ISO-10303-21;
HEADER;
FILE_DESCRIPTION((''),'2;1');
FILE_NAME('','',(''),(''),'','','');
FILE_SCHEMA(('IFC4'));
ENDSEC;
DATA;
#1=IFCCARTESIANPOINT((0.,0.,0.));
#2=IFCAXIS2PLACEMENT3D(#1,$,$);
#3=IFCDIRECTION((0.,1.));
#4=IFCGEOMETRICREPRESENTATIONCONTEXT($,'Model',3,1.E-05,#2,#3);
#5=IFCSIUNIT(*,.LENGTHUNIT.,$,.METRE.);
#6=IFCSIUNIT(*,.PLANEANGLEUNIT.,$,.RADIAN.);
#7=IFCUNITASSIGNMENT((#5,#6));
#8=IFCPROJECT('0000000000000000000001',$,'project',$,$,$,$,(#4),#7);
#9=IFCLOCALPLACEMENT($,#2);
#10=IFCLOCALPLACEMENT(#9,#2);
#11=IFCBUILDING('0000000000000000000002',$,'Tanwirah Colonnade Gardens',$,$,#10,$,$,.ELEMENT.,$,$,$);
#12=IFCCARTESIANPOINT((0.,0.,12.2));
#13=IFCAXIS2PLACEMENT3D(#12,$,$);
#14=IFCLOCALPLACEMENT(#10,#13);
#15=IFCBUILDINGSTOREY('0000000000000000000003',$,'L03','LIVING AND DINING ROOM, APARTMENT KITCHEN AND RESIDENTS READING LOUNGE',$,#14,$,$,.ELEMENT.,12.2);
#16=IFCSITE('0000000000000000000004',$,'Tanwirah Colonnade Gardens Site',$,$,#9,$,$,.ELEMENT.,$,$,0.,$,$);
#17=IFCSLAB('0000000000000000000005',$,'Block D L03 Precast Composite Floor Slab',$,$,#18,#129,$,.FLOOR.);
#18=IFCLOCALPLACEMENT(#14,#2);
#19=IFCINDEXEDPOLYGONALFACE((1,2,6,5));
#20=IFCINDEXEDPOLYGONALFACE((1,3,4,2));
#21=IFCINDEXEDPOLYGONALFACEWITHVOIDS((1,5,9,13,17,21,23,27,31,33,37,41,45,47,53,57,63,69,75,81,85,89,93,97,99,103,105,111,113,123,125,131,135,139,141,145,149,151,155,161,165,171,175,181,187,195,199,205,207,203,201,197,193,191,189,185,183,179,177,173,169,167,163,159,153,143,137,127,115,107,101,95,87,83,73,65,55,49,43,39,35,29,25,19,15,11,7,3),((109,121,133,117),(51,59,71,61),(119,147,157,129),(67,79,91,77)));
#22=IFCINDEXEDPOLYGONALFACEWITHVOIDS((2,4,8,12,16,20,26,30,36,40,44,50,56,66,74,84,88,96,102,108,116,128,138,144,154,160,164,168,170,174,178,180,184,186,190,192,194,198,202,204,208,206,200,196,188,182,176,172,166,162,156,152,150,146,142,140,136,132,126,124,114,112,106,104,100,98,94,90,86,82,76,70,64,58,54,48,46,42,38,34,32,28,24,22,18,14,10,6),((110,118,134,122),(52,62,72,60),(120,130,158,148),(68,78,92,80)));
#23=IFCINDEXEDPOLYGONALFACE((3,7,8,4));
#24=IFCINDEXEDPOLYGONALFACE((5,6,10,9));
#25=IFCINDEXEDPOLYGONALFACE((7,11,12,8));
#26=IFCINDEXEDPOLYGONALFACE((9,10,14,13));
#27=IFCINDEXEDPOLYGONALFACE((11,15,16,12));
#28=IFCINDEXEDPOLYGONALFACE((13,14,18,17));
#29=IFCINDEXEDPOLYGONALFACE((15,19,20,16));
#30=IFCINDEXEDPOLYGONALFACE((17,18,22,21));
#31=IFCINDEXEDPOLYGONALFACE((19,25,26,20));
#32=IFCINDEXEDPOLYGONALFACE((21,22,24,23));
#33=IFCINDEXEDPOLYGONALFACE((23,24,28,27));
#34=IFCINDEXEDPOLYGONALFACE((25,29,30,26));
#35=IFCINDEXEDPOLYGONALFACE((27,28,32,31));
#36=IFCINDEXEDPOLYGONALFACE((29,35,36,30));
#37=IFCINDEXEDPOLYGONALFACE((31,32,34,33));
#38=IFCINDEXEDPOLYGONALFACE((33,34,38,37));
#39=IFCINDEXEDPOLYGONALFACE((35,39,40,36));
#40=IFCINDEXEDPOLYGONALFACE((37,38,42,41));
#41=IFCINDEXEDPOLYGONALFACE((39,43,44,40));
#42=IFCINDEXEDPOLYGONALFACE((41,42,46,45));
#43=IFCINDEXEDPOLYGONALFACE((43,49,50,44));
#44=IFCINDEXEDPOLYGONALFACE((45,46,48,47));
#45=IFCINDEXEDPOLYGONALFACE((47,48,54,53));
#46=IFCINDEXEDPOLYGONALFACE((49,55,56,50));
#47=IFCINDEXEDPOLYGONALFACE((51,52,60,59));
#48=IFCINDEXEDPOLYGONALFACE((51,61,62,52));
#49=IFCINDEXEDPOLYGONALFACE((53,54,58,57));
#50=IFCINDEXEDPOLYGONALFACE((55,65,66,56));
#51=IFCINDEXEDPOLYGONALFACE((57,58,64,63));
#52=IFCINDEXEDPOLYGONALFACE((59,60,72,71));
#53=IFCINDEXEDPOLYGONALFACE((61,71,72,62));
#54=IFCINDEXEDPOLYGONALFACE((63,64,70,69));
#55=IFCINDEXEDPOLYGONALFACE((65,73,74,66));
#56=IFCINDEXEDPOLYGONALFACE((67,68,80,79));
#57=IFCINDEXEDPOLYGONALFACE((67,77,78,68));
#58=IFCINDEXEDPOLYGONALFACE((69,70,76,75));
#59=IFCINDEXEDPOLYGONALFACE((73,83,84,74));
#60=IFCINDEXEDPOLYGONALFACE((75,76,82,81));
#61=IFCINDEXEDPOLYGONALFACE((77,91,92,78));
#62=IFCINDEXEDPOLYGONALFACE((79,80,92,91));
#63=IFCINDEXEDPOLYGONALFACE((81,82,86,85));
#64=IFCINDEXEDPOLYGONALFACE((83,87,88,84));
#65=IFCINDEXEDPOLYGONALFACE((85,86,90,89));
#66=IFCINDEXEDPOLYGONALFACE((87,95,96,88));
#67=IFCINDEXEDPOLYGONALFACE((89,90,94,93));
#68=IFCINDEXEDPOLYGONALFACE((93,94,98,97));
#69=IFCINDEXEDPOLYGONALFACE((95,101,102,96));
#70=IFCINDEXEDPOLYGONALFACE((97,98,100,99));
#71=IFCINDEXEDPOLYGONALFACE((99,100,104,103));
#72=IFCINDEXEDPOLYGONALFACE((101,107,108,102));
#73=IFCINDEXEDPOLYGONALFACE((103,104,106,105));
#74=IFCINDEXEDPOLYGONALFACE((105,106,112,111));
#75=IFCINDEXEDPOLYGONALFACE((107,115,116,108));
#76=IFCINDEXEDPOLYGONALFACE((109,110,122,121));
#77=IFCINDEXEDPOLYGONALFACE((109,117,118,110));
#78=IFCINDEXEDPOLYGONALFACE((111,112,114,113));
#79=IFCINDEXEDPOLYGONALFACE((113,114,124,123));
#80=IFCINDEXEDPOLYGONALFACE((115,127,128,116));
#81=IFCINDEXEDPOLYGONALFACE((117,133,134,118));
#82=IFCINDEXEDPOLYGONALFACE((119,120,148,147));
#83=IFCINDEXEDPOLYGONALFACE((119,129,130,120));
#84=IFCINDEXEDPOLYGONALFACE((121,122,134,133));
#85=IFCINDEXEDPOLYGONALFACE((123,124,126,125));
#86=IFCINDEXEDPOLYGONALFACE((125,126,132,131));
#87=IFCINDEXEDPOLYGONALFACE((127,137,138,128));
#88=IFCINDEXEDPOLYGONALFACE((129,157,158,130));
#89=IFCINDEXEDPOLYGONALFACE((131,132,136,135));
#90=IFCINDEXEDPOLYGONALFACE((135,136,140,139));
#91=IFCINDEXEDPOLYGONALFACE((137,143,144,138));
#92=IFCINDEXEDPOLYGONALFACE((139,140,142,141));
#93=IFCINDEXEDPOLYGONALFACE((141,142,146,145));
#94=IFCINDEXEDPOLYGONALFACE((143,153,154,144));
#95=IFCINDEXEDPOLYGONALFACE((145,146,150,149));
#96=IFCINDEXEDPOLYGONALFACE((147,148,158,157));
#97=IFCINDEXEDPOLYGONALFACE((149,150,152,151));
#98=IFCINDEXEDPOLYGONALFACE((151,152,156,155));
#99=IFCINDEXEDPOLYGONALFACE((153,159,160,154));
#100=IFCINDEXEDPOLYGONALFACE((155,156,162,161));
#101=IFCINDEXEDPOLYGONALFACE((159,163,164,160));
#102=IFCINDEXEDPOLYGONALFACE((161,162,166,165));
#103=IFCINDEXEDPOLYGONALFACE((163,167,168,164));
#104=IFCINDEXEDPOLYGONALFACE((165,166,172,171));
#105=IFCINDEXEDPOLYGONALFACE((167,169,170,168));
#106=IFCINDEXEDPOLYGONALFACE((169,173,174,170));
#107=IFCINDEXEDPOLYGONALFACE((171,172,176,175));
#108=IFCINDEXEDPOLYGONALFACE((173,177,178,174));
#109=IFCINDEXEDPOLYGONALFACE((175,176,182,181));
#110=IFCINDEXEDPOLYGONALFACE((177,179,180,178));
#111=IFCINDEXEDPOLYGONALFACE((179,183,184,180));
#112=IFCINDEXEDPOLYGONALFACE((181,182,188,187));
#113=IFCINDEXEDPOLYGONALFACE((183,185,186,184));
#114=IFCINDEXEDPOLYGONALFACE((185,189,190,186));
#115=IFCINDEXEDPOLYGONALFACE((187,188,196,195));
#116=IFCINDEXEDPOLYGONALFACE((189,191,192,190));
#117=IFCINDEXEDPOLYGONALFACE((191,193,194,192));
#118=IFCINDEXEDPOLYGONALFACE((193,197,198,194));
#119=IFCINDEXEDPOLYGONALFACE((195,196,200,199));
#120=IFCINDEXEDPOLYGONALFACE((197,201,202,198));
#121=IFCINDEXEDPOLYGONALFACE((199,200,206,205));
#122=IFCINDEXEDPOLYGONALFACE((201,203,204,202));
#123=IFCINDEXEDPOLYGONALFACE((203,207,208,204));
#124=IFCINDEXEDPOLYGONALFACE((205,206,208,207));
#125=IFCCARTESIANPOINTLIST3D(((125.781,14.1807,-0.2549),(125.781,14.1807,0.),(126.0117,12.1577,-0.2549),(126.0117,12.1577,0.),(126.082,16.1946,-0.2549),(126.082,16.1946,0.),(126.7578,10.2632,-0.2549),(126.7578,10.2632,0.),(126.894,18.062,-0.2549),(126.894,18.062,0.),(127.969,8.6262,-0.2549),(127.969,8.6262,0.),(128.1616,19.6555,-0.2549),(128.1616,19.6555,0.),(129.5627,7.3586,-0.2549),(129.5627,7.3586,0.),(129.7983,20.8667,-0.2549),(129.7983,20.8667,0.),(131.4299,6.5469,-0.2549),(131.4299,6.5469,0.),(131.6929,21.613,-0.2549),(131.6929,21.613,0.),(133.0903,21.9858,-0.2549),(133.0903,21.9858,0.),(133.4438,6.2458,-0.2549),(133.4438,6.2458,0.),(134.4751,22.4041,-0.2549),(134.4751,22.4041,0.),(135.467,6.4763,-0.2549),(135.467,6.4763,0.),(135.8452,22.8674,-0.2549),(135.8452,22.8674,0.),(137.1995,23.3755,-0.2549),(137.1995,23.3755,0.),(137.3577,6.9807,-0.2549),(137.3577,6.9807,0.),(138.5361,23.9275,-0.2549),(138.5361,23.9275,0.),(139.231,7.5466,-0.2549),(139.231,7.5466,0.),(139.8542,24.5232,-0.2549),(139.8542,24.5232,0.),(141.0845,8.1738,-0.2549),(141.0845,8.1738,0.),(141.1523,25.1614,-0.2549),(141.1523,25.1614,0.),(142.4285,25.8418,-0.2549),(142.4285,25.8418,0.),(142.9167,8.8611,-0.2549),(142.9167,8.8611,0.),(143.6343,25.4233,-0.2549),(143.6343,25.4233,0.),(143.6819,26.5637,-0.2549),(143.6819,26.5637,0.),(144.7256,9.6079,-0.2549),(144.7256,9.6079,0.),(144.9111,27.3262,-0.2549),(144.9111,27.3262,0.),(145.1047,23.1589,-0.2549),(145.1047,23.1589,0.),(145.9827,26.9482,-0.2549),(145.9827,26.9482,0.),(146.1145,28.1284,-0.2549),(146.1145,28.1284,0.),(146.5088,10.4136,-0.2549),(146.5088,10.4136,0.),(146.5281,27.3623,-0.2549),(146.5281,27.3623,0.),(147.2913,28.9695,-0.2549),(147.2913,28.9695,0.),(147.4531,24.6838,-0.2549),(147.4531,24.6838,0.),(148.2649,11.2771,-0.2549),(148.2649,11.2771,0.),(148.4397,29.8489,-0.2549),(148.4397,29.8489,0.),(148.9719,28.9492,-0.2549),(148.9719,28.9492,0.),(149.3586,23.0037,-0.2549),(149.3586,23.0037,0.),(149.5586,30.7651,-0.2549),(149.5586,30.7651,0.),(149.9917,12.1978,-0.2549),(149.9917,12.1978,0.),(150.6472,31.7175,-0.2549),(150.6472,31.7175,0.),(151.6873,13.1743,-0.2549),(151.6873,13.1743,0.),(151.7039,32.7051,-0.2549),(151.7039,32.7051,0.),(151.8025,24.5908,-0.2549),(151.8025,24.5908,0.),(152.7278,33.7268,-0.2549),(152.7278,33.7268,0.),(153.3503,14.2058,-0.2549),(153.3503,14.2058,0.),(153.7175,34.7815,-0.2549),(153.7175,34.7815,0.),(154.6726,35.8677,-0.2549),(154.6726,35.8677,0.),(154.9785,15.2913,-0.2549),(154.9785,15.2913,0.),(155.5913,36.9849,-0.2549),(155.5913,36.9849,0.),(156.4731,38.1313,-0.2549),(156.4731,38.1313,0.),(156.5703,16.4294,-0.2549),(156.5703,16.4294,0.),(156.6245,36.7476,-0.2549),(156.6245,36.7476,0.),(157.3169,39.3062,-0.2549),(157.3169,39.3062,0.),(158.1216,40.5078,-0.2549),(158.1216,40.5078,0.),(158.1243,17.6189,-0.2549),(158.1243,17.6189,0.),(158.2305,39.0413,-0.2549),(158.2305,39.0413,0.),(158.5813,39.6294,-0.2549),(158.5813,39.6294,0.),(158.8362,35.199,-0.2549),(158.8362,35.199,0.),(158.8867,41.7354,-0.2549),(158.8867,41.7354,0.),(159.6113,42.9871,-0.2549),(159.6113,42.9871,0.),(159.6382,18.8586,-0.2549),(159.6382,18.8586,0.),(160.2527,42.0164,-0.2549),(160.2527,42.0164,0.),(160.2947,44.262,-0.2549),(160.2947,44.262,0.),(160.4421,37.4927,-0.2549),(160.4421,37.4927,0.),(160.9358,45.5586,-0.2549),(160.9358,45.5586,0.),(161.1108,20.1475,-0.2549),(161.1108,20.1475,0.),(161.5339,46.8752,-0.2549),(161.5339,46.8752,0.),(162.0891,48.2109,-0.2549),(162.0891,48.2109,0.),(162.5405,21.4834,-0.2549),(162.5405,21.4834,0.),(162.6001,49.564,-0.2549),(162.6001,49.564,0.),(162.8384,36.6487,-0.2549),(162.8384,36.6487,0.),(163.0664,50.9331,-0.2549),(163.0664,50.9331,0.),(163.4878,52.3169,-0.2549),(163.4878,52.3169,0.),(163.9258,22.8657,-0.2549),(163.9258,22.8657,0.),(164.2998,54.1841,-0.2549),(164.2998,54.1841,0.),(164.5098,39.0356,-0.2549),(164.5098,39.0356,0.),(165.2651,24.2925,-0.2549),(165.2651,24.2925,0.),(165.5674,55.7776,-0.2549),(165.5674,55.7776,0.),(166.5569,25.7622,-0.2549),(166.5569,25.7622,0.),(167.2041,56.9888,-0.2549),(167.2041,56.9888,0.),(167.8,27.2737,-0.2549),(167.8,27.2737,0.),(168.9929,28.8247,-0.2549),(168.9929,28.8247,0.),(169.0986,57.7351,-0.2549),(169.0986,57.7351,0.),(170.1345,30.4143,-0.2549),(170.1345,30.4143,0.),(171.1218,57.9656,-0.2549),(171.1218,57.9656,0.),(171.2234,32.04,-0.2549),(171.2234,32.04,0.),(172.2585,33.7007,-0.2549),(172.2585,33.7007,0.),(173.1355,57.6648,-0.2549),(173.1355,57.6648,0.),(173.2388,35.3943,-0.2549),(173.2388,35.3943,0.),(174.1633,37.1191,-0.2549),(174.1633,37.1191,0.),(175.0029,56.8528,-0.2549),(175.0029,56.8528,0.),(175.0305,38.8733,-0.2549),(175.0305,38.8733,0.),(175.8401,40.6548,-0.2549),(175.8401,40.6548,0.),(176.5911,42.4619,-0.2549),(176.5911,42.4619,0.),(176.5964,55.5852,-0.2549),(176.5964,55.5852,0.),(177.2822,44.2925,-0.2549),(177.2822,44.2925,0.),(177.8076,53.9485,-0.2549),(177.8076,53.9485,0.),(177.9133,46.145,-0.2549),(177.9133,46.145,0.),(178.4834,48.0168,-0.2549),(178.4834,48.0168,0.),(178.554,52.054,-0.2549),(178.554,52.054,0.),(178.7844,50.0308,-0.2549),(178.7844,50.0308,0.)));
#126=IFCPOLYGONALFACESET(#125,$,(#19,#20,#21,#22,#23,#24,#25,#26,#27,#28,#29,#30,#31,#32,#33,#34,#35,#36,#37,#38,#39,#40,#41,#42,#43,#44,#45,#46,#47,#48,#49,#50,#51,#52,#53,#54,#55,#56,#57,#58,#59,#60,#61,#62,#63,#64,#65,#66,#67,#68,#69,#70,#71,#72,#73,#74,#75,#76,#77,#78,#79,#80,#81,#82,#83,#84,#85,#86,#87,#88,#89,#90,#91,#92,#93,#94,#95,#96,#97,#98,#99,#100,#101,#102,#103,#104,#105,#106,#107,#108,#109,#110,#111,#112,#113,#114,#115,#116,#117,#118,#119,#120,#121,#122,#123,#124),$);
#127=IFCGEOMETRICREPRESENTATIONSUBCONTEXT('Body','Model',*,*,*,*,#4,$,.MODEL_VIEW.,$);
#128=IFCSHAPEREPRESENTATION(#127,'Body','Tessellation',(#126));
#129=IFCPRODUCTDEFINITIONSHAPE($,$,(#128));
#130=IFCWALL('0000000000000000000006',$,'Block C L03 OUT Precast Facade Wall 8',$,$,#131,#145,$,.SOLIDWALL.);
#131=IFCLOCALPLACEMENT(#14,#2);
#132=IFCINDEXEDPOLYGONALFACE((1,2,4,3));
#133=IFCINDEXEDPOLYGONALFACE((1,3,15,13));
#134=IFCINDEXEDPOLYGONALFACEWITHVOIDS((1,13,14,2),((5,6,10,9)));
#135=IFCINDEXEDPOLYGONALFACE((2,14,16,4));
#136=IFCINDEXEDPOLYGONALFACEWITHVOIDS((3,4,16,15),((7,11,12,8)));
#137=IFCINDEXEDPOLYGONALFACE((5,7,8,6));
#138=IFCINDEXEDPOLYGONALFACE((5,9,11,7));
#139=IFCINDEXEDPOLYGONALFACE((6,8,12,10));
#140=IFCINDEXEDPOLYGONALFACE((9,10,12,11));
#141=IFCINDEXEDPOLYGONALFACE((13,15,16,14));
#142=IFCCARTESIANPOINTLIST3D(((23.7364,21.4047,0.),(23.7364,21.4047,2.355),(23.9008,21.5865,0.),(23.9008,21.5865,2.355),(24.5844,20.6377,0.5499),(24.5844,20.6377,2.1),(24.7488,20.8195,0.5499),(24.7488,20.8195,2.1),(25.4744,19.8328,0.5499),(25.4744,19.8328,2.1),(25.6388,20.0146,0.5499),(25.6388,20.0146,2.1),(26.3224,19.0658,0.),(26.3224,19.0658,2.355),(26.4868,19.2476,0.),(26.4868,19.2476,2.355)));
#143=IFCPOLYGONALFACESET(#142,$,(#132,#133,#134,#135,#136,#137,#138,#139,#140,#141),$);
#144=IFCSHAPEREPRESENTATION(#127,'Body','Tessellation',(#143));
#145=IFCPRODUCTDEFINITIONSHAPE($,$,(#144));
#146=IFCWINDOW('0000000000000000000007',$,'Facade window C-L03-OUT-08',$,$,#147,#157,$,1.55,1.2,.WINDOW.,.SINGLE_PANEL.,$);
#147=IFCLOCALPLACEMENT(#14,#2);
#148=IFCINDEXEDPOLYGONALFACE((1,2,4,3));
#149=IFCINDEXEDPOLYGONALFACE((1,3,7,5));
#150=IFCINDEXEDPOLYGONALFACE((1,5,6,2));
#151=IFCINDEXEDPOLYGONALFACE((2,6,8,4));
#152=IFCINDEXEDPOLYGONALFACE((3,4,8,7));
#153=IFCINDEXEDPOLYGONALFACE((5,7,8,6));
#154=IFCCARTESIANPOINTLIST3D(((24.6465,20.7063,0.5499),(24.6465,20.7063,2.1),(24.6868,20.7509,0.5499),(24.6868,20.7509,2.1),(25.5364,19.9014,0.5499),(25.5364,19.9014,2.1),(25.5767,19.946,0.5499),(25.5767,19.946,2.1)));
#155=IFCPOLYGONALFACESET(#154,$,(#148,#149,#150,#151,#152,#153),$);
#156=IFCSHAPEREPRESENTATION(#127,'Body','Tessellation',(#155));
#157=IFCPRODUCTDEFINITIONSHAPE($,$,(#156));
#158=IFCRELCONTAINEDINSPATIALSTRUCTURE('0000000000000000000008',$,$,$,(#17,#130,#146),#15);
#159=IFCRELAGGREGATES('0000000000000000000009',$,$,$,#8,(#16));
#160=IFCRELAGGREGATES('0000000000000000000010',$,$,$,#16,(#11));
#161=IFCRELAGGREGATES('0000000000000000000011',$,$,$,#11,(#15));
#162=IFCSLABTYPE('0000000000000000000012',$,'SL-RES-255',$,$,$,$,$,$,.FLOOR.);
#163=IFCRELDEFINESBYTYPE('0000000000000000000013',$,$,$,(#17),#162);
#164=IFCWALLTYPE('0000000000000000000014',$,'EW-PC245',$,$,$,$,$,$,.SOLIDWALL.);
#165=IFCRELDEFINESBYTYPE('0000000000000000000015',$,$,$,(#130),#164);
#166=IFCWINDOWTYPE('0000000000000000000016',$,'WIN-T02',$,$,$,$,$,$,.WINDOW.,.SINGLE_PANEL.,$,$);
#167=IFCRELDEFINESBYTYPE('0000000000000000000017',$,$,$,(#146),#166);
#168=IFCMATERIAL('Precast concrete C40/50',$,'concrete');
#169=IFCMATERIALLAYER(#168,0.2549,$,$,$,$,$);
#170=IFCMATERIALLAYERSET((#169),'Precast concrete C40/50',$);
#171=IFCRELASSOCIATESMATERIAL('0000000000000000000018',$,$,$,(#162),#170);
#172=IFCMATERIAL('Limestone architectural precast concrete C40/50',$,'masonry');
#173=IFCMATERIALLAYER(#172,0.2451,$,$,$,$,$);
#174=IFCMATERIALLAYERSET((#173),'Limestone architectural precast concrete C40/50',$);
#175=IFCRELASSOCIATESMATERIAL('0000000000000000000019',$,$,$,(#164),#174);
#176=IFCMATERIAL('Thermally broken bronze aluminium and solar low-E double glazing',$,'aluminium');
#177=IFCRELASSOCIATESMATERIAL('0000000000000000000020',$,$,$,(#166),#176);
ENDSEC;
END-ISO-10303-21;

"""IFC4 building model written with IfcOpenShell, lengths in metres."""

from ifc_helpers import new_model, si_unit, direction, frame, frame_2d, origin, place, context, subcontext, project, spatial, polyline, rectangle, outline, extrude, material, layer, layer_set, type_object, element, fill, save


model = new_model("IFC4")

# Units and contexts
model_context = context("Model", 3, precision=1e-05, world=origin(), true_north=direction((0.0, 1.0)))
body_context = subcontext(model_context, "Body", "Model", "MODEL_VIEW")
ifc_project = project(units=[si_unit("LENGTHUNIT", "METRE"), si_unit("PLANEANGLEUNIT", "RADIAN")], contexts=[model_context])

# Site, building, storey
site_placement = place(None, origin())
site = spatial("IfcSite", under=ifc_project, at=site_placement, Name="Tanwirah Colonnade Gardens Site", CompositionType="ELEMENT", RefElevation=0.0)
building_placement = place(site_placement, origin())
building = spatial("IfcBuilding", under=site, at=building_placement, Name="Tanwirah Colonnade Gardens", CompositionType="ELEMENT")
storey_placement = place(building_placement, frame((0.0, 0.0, 12.2)))
storey = spatial("IfcBuildingStorey", under=building, at=storey_placement, Name="L03", Description="LIVING AND DINING ROOM, APARTMENT KITCHEN AND RESIDENTS READING LOUNGE", CompositionType="ELEMENT", Elevation=12.2)

# Shared definitions
ifc_material_1 = material(Name="Precast concrete C40/50", Category="concrete")

# Slab
ifc_layer_1 = layer(ifc_material_1, 0.2549)
ifc_layer_set_1 = layer_set([ifc_layer_1], Name="Precast concrete C40/50")
slab_type_1 = type_object("IfcSlabType", Name="SL-RES-255", PredefinedType="FLOOR", material=ifc_layer_set_1)
slab_1_placement = place(storey_placement, frame((0.0, 0.0, -0.2549)))
element("IfcSlab", 1, at=slab_1_placement, inside=storey, type_object=slab_type_1, Name="Block D L03 Precast Composite Floor Slab", PredefinedType="FLOOR", context=body_context, shape_type="SweptSolid", body=[
    extrude(outline(polyline([(134.4751, 22.4041), (133.0903, 21.9858), (131.6929, 21.613), (129.7983, 20.8667), (128.1616, 19.6555), (126.894, 18.062), (126.082, 16.1946), (125.781, 14.1807), (126.0117, 12.1577), (126.7578, 10.2632), (127.969, 8.6262), (129.5627, 7.3586), (131.4299, 6.5469), (133.4438, 6.2458), (135.467, 6.4763), (137.3577, 6.9807), (139.231, 7.5466), (141.0845, 8.1738), (142.9167, 8.8611), (144.7256, 9.6079), (146.5088, 10.4136), (148.2649, 11.2771), (149.9917, 12.1978), (151.6873, 13.1743), (153.3503, 14.2058), (154.9785, 15.2913), (156.5703, 16.4294), (158.1243, 17.6189), (159.6382, 18.8586), (161.1108, 20.1475), (162.5405, 21.4834), (163.9258, 22.8657), (165.2651, 24.2925), (166.5569, 25.7622), (167.8, 27.2737), (168.9929, 28.8247), (170.1345, 30.4143), (171.2234, 32.04), (172.2585, 33.7007), (173.2388, 35.3943), (174.1633, 37.1191), (175.0305, 38.8733), (175.8401, 40.6548), (176.5911, 42.4619), (177.2822, 44.2925), (177.9133, 46.145), (178.4834, 48.0168), (178.7844, 50.0308), (178.554, 52.054), (177.8076, 53.9485), (176.5964, 55.5852), (175.0029, 56.8528), (173.1355, 57.6648), (171.1218, 57.9656), (169.0986, 57.7351), (167.2041, 56.9888), (165.5674, 55.7776), (164.2998, 54.1841), (163.4878, 52.3169), (163.0664, 50.9331), (162.6001, 49.564), (162.0891, 48.2109), (161.5339, 46.8752), (160.9358, 45.5586), (160.2947, 44.262), (159.6113, 42.9871), (158.8867, 41.7354), (158.1216, 40.5078), (157.3169, 39.3062), (156.4731, 38.1313), (155.5913, 36.9849), (154.6726, 35.8677), (153.7175, 34.7815), (152.7278, 33.7268), (151.7039, 32.7051), (150.6472, 31.7175), (149.5586, 30.7651), (148.4397, 29.8489), (147.2913, 28.9695), (146.1145, 28.1284), (144.9111, 27.3262), (143.6819, 26.5637), (142.4285, 25.8418), (141.1523, 25.1614), (139.8542, 24.5232), (138.5361, 23.9275), (137.1995, 23.3755), (135.8452, 22.8674), (134.4751, 22.4041)]), holes=[polyline([(149.3586, 23.0037), (146.5281, 27.3623), (148.9719, 28.9492), (151.8025, 24.5908), (149.3586, 23.0037)]), polyline([(143.6343, 25.4233), (145.9827, 26.9482), (147.4531, 24.6838), (145.1047, 23.1589), (143.6343, 25.4233)]), polyline([(160.2527, 42.0164), (164.5098, 39.0356), (162.8384, 36.6487), (158.5813, 39.6294), (160.2527, 42.0164)]), polyline([(160.4421, 37.4927), (158.8362, 35.199), (156.6245, 36.7476), (158.2305, 39.0413), (160.4421, 37.4927)])]), origin(), (0.0, 0.0, 1.0), 0.2549),
])

# Wall, opening, window
ifc_material_2 = material(Name="Limestone architectural precast concrete C40/50", Category="masonry")
ifc_layer_2 = layer(ifc_material_2, 0.2451)
ifc_layer_set_2 = layer_set([ifc_layer_2], Name="Limestone architectural precast concrete C40/50")
wall_type = type_object("IfcWallType", Name="EW-PC245", PredefinedType="SOLIDWALL", material=ifc_layer_set_2)
wall_1_placement = place(storey_placement, frame((23.8186, 21.4956, 0.0), z_axis=(0.0, 0.0, 1.0), x_axis=(0.741649, -0.670789, 0.0)))
wall_1 = element("IfcWall", 2, at=wall_1_placement, inside=storey, type_object=wall_type, Name="Block C L03 OUT Precast Facade Wall 8", PredefinedType="SOLIDWALL", context=body_context, shape_type="SweptSolid", body=[
    extrude(rectangle(XDim=3.4868, YDim=0.2451, at=frame_2d((1.7434, 0.0))), origin(), (0.0, 0.0, 1.0), 2.355),
])
opening_1_placement = place(wall_1_placement, frame((1.1433, 0.0, 0.55)))
opening_1 = element("IfcOpeningElement", 3, at=opening_1_placement, cuts=wall_1, PredefinedType="OPENING", context=body_context, shape_type="SweptSolid", body=[
    extrude(rectangle(XDim=1.2, YDim=1.55, at=frame_2d((0.6001, 0.7749))), frame((0.0, 0.1326, 0.0), z_axis=(0.0, -1.0, 0.0), x_axis=(1.0, 0.0, 0.0)), (0.0, 0.0, 1.0), 0.2651),
])
ifc_material_3 = material(Name="Thermally broken bronze aluminium and solar low-E double glazing", Category="aluminium")
window_type_1 = type_object("IfcWindowType", Name="WIN-T02", PartitioningType="SINGLE_PANEL", PredefinedType="WINDOW", material=ifc_material_3)
window_1_placement = place(opening_1_placement, origin())
window_1 = element("IfcWindow", 4, at=window_1_placement, inside=storey, type_object=window_type_1, Name="Facade window C-L03-OUT-08", OverallHeight=1.55, OverallWidth=1.2, PartitioningType="SINGLE_PANEL", PredefinedType="WINDOW", context=body_context, shape_type="SweptSolid", body=[
    extrude(rectangle(XDim=1.2, YDim=1.55, at=frame_2d((0.6001, 0.7749))), frame((0.0, 0.03, 0.0), z_axis=(0.0, -1.0, 0.0), x_axis=(1.0, 0.0, 0.0)), (0.0, 0.0, 1.0), 0.0601),
])
fill(opening_1, window_1)

save(model, "model.ifc")
